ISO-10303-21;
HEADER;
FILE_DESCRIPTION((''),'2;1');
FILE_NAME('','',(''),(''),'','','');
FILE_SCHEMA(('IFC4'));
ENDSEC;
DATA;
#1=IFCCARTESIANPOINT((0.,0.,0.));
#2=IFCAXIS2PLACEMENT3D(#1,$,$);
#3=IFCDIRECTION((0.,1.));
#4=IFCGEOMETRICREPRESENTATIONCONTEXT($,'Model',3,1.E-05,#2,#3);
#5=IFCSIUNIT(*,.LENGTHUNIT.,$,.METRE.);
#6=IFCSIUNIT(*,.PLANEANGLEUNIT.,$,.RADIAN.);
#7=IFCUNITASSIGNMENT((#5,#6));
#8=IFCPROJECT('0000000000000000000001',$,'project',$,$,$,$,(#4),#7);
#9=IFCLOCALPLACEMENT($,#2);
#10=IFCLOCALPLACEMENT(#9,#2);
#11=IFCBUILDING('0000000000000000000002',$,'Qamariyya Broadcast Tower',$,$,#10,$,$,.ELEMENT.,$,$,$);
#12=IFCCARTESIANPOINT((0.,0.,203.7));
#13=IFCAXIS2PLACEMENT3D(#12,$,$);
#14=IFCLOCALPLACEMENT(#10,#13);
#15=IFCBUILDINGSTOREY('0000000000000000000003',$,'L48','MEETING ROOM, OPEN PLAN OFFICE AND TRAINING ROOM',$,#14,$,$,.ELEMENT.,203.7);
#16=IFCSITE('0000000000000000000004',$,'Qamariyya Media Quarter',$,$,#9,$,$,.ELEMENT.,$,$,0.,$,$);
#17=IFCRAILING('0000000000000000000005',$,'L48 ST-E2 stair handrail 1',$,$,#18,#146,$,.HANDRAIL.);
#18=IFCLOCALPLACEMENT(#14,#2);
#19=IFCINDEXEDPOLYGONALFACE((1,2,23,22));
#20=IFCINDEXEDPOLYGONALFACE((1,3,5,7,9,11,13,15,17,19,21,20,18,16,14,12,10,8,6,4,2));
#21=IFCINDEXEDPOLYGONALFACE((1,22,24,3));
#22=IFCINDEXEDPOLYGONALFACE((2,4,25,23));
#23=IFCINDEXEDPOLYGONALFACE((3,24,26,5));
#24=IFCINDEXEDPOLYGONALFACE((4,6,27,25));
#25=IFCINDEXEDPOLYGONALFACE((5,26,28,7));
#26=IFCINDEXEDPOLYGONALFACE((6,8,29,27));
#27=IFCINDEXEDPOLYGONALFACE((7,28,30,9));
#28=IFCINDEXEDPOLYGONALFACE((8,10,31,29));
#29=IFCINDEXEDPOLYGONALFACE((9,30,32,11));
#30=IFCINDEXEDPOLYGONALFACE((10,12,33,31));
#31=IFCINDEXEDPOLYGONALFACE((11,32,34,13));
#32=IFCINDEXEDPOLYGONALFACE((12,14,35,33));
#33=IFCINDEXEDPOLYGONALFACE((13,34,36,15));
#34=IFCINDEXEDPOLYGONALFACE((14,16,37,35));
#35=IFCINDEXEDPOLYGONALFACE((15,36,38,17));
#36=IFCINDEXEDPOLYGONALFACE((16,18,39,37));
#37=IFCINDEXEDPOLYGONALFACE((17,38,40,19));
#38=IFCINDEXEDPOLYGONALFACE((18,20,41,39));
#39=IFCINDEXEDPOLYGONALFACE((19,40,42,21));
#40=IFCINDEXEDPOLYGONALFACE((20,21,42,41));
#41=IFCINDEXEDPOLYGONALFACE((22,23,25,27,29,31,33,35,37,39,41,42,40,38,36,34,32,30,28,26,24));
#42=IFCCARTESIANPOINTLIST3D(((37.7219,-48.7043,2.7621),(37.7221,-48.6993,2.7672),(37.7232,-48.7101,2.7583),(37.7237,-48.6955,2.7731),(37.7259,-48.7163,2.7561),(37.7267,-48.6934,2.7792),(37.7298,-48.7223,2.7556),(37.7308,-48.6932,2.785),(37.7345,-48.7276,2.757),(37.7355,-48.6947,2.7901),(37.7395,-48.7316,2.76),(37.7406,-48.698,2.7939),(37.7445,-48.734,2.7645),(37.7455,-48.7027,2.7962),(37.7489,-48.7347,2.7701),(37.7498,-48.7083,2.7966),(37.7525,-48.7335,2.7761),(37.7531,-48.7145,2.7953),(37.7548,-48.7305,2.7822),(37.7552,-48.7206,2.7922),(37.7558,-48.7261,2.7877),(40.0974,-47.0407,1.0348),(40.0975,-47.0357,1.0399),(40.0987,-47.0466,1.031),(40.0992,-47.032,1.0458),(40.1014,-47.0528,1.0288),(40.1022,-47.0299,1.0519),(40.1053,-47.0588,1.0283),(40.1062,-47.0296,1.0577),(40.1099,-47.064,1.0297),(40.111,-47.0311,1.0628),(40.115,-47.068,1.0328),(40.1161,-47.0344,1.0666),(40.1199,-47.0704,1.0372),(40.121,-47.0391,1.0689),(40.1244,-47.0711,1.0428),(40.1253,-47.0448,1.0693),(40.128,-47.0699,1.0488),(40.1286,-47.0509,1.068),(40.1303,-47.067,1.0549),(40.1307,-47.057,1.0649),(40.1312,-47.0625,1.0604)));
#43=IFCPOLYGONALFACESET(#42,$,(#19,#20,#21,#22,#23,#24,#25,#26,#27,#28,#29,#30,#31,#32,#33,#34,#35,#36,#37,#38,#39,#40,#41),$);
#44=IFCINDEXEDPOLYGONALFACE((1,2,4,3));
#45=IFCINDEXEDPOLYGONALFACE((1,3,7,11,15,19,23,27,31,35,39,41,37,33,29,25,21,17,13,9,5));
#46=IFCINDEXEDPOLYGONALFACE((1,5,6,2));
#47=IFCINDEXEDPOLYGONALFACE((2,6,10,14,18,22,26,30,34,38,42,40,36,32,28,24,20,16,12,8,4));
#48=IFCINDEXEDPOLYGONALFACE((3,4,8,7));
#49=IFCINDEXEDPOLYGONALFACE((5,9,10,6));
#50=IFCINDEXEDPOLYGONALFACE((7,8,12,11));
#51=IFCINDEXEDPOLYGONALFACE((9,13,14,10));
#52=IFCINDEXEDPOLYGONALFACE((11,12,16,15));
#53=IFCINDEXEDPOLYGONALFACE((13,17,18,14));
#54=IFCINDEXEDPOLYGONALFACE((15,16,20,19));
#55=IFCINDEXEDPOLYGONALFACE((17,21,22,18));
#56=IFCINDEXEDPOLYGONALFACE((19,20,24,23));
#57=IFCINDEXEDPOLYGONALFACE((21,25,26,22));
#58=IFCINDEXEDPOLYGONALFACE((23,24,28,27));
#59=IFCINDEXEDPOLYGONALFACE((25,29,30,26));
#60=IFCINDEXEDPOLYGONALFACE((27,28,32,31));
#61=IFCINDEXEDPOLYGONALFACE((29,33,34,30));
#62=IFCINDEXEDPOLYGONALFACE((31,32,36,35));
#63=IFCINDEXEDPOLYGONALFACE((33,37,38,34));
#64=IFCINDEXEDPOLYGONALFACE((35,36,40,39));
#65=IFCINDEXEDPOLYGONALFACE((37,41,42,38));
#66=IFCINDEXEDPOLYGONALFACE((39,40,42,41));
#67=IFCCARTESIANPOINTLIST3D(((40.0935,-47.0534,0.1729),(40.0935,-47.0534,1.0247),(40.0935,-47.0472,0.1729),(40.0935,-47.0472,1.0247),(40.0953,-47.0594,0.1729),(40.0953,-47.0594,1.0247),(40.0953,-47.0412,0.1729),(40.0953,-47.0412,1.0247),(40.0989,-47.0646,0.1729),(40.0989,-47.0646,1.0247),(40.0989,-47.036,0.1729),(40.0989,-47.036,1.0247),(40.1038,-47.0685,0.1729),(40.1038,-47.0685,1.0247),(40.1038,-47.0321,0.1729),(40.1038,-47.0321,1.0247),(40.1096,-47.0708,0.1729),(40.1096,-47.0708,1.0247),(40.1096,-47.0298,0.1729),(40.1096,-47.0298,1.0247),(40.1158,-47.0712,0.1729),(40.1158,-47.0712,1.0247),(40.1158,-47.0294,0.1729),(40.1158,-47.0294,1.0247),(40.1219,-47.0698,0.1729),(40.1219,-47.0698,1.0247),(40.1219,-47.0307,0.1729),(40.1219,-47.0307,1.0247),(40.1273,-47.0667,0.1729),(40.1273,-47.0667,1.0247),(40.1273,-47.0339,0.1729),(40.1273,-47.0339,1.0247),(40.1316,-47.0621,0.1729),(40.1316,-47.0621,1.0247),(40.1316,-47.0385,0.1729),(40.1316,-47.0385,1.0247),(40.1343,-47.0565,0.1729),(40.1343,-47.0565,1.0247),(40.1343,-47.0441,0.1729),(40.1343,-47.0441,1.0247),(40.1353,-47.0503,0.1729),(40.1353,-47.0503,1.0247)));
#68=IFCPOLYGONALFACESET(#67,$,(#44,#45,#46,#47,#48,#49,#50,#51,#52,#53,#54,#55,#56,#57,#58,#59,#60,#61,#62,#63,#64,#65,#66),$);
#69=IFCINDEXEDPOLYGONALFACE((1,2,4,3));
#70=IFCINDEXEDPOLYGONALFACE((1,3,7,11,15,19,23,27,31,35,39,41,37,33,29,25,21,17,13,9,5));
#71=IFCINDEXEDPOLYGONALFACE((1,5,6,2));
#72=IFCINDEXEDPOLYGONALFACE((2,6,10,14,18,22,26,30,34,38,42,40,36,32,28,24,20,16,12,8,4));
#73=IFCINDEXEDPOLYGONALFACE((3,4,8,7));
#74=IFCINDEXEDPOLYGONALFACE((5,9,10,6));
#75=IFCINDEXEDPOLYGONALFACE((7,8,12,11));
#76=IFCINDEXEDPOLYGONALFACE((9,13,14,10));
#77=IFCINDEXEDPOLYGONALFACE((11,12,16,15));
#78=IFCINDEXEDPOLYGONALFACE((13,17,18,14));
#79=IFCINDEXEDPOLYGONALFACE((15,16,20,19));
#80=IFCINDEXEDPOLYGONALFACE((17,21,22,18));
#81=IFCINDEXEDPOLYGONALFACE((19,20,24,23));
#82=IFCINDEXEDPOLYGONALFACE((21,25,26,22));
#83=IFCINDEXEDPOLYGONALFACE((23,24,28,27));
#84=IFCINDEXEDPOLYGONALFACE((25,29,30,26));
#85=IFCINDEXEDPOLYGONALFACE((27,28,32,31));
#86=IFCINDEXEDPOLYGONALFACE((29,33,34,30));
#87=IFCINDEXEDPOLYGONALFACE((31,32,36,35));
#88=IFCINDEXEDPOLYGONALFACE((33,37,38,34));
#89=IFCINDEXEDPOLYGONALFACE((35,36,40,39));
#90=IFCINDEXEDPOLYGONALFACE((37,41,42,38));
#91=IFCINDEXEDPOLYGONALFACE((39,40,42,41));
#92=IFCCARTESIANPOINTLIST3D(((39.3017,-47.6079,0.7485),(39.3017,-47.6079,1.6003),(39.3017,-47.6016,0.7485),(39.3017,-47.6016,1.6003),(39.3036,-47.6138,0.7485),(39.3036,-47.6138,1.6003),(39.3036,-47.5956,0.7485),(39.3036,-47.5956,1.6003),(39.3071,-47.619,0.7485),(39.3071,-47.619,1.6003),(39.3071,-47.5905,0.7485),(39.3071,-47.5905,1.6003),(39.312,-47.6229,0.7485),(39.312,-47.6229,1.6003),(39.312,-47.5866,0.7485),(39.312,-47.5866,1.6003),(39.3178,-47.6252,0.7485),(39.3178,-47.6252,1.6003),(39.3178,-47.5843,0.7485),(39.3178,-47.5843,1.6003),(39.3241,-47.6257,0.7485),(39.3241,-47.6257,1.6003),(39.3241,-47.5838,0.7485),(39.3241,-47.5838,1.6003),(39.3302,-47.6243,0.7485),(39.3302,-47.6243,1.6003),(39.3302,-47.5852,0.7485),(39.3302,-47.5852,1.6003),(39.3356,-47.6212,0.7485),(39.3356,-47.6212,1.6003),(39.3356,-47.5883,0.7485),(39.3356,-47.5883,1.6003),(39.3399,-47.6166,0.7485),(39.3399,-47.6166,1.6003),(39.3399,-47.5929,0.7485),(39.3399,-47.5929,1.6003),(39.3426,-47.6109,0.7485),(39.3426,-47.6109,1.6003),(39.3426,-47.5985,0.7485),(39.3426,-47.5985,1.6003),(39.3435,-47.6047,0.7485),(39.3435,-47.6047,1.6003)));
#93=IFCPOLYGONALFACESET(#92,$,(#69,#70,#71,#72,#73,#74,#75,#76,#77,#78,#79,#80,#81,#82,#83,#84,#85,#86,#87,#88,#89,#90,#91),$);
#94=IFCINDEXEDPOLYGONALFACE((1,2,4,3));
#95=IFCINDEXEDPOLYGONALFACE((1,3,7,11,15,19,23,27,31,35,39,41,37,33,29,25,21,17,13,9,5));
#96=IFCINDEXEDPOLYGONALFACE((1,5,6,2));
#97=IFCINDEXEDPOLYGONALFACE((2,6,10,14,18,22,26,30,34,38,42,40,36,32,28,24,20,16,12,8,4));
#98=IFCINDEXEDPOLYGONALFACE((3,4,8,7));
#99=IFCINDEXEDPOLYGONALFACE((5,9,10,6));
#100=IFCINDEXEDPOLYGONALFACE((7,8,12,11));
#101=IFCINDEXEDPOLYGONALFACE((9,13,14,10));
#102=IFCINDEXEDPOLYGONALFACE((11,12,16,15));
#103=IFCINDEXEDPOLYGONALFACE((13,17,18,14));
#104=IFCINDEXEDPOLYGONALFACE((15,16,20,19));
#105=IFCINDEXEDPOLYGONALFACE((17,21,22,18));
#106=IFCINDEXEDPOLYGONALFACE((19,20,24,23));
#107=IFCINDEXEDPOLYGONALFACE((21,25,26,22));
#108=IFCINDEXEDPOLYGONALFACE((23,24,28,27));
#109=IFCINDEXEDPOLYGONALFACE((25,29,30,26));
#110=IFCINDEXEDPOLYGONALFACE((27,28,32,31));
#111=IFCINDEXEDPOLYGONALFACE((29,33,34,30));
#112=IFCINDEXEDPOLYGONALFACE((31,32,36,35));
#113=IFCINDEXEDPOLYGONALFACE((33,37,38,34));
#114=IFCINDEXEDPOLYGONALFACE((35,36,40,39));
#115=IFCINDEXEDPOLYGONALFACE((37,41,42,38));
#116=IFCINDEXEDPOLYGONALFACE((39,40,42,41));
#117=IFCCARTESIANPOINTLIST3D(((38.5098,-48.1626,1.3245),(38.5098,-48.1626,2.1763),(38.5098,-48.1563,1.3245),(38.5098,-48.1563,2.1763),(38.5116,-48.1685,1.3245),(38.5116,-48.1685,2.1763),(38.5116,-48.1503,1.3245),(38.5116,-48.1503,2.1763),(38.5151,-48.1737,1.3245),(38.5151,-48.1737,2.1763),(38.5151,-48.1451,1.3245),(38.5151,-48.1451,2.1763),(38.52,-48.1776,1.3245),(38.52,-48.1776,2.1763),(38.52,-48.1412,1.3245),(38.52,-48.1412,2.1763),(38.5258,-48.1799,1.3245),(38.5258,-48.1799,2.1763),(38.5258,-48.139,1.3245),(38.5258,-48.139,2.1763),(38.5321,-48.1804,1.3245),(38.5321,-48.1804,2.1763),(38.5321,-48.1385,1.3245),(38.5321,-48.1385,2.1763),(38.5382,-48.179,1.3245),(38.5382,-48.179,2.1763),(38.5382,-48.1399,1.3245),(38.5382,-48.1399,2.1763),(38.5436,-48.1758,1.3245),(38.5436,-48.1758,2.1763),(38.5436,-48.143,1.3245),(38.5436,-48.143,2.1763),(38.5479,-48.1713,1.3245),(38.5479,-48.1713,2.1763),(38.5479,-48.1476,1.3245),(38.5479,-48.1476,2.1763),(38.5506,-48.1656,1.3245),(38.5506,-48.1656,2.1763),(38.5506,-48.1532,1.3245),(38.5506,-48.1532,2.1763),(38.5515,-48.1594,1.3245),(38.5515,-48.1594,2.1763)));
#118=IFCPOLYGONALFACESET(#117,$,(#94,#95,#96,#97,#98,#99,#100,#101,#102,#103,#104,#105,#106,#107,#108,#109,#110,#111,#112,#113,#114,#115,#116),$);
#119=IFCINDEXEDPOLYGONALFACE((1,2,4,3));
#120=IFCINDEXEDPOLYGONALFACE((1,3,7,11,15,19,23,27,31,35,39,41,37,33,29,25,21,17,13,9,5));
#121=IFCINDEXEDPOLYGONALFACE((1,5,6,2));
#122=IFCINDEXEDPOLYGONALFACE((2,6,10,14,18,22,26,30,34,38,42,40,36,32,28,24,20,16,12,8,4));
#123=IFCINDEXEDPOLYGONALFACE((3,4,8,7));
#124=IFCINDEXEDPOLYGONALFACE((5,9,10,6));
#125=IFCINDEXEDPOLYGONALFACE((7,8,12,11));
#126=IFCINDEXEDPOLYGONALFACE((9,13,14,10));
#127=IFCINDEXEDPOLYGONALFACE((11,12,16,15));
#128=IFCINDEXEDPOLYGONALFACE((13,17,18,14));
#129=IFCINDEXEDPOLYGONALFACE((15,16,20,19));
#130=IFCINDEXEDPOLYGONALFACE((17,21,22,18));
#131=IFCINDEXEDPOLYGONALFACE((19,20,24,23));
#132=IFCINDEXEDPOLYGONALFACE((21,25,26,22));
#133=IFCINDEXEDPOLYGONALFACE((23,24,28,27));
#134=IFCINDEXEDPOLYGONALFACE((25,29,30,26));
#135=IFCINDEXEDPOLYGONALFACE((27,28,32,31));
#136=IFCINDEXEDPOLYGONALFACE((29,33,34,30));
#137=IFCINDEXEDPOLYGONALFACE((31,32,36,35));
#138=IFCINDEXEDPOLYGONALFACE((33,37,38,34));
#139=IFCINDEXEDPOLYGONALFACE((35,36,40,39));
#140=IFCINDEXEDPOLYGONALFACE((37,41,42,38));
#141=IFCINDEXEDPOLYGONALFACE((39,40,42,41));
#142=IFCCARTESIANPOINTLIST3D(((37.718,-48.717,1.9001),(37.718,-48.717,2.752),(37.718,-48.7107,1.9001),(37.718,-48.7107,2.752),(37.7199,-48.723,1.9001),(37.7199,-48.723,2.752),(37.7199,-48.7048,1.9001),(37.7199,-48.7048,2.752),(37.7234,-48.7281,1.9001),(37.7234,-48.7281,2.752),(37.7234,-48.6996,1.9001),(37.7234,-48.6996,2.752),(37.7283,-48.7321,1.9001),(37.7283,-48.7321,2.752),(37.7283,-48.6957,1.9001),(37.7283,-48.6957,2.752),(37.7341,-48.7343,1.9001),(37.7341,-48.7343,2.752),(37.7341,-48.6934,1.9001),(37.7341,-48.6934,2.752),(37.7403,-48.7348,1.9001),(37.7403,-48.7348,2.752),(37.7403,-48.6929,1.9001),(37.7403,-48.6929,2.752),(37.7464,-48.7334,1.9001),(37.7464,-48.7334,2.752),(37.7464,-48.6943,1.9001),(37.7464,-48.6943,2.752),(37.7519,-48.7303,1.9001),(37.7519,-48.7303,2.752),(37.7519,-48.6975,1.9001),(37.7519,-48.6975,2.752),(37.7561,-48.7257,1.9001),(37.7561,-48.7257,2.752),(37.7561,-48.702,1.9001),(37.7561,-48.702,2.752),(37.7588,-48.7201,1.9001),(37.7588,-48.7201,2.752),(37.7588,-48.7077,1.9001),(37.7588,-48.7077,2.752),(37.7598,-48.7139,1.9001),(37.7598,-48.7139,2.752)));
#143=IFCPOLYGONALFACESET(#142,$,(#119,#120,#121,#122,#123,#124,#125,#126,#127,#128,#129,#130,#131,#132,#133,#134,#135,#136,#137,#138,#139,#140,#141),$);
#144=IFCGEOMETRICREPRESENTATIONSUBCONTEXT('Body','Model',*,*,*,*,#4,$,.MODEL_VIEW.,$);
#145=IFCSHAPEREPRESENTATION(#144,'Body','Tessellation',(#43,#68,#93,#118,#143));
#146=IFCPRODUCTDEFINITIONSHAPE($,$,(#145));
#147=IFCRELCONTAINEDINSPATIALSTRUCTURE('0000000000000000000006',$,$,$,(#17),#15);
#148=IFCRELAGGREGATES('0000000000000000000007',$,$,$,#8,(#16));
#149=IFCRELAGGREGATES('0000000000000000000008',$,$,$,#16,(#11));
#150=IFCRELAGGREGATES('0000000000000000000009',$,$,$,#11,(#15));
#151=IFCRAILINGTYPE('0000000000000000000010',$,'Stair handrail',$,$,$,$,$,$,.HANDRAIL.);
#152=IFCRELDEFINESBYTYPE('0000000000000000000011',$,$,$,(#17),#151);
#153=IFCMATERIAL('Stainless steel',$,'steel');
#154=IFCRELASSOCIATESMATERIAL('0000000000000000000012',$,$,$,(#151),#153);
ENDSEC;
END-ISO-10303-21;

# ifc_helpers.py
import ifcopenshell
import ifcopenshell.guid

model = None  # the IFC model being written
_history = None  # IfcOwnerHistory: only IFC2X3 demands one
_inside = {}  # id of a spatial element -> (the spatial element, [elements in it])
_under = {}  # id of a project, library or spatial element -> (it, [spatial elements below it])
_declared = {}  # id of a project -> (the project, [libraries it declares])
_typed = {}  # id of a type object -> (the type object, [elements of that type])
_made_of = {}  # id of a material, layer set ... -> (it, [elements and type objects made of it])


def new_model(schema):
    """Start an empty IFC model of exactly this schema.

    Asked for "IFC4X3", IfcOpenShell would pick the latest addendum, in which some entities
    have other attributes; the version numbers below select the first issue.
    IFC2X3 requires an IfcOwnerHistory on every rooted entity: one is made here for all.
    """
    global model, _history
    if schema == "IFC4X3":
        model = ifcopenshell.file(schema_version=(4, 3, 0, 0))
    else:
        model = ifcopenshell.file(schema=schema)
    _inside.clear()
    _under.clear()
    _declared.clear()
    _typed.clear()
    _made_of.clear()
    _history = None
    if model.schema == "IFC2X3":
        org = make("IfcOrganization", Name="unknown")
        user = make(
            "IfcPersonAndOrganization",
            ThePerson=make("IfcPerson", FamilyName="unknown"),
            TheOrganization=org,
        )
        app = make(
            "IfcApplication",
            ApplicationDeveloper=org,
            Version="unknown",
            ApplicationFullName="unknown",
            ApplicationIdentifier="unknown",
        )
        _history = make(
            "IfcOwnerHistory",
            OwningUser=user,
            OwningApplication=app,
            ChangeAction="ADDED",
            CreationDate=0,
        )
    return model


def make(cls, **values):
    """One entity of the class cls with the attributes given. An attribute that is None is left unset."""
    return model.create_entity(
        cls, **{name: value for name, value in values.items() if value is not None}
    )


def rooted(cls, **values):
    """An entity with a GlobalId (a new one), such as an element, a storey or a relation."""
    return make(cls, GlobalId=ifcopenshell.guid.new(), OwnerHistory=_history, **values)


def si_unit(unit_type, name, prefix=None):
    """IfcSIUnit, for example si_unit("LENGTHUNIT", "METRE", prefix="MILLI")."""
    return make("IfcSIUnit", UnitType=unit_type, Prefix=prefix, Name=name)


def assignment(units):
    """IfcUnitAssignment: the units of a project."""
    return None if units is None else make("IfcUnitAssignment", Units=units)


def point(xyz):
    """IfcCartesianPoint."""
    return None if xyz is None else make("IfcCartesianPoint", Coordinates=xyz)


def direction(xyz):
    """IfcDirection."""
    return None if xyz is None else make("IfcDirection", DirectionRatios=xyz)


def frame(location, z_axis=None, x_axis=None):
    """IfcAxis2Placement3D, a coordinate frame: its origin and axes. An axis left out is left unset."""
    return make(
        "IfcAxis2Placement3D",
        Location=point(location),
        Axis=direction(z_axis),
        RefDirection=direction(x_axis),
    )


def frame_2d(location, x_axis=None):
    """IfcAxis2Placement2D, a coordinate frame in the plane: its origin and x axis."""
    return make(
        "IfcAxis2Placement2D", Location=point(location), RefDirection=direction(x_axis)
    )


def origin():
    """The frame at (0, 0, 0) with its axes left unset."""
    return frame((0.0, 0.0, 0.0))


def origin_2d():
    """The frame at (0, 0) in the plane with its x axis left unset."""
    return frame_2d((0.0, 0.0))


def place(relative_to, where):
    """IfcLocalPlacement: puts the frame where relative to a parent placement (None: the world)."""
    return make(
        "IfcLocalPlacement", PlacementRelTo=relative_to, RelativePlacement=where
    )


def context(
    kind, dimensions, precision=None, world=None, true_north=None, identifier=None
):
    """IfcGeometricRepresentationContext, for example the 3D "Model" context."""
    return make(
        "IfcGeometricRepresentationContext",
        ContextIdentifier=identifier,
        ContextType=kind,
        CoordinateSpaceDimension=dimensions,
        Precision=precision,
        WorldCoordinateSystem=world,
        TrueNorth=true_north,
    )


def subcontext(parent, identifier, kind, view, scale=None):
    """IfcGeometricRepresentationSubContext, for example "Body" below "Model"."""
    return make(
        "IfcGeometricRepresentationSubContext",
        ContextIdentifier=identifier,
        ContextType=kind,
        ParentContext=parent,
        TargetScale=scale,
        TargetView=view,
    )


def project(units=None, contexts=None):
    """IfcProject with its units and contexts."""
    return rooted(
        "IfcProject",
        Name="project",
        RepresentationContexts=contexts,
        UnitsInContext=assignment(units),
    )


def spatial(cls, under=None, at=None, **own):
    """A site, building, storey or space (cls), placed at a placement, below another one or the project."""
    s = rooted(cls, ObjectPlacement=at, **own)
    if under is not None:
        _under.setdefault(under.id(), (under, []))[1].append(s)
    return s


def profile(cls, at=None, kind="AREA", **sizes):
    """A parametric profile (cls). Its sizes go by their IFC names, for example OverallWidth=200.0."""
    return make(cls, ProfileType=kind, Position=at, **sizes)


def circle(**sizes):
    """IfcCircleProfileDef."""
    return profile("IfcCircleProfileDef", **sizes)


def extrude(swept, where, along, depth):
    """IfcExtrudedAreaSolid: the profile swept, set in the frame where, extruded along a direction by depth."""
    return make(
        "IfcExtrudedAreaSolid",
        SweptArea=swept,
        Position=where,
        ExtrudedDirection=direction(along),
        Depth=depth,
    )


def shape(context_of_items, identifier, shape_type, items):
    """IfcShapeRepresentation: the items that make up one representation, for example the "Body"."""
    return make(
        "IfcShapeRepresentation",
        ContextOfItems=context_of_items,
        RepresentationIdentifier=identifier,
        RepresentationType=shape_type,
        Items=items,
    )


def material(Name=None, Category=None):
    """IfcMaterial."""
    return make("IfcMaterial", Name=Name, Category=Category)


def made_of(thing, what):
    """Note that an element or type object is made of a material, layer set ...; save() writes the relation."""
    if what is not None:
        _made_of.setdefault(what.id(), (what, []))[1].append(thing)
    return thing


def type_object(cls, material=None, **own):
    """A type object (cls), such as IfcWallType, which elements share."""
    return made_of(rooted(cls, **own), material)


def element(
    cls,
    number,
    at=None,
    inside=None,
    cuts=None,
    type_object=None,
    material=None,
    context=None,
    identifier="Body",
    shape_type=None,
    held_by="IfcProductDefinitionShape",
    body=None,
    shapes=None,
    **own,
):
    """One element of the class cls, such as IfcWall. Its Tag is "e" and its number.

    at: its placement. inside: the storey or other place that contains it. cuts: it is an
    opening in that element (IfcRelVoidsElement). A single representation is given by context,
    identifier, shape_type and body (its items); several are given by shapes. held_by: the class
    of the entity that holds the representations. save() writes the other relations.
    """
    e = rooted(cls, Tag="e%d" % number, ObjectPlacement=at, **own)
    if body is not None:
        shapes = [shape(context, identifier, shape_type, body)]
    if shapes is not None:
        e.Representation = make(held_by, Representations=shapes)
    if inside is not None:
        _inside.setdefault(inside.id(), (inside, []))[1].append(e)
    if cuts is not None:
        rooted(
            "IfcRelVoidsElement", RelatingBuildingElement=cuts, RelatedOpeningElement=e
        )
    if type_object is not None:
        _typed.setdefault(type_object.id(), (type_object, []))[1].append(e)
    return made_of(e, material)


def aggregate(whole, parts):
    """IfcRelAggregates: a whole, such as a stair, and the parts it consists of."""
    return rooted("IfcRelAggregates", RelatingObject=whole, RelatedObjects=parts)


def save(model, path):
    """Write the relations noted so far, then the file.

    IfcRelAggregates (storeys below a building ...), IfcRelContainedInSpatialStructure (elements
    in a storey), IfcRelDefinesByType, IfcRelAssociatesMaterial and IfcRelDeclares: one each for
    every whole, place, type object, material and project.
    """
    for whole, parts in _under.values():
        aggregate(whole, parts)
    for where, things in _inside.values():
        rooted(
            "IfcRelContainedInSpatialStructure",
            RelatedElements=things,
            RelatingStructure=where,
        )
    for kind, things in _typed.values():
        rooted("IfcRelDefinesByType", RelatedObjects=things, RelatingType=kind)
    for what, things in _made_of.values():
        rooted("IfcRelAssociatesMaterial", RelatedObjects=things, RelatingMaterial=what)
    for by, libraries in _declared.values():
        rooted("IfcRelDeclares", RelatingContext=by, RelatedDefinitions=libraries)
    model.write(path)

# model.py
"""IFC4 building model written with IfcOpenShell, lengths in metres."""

from ifc_helpers import new_model, si_unit, direction, frame, origin, origin_2d, place, context, subcontext, project, spatial, circle, extrude, material, type_object, element, save


model = new_model("IFC4")

# Units and contexts
model_context = context("Model", 3, precision=1e-05, world=origin(), true_north=direction((0.0, 1.0)))
body_context = subcontext(model_context, "Body", "Model", "MODEL_VIEW")
ifc_project = project(units=[si_unit("LENGTHUNIT", "METRE"), si_unit("PLANEANGLEUNIT", "RADIAN")], contexts=[model_context])

# Site, building, storey
site_placement = place(None, origin())
site = spatial("IfcSite", under=ifc_project, at=site_placement, Name="Qamariyya Media Quarter", CompositionType="ELEMENT", RefElevation=0.0)
building_placement = place(site_placement, origin())
building = spatial("IfcBuilding", under=site, at=building_placement, Name="Qamariyya Broadcast Tower", CompositionType="ELEMENT")
storey_placement = place(building_placement, frame((0.0, 0.0, 203.7)))
storey = spatial("IfcBuildingStorey", under=building, at=storey_placement, Name="L48", Description="MEETING ROOM, OPEN PLAN OFFICE AND TRAINING ROOM", CompositionType="ELEMENT", Elevation=203.7)

# Railing
ifc_material_1 = material(Name="Stainless steel", Category="steel")
railing_type_1 = type_object("IfcRailingType", Name="Stair handrail", PredefinedType="HANDRAIL", material=ifc_material_1)
railing_1_placement = place(storey_placement, frame((40.1143, -47.0503, 0.1729)))
element("IfcRailing", 1, at=railing_1_placement, inside=storey, type_object=railing_type_1, Name="L48 ST-E2 stair handrail 1", PredefinedType="HANDRAIL", context=body_context, shape_type="SweptSolid", body=[
    extrude(circle(Radius=0.0239, at=origin_2d()), frame((0.0, 0.0, 0.876), z_axis=(-0.703745, -0.492838, 0.511716), x_axis=(0.573632, -0.819113, 0.0)), (0.0, 0.0, 1.0), 3.3755),
    extrude(circle(Radius=0.021, at=origin_2d()), origin(), (0.0, 0.0, 1.0), 0.8518),
    extrude(circle(Radius=0.021, at=origin_2d()), frame((-0.7917, -0.5544, 0.5757)), (0.0, 0.0, 1.0), 0.8518),
    extrude(circle(Radius=0.021, at=origin_2d()), frame((-1.5837, -1.1091, 1.1516)), (0.0, 0.0, 1.0), 0.8518),
    extrude(circle(Radius=0.021, at=origin_2d()), frame((-2.3755, -1.6636, 1.7273)), (0.0, 0.0, 1.0), 0.8518),
])

save(model, "model.ifc")
